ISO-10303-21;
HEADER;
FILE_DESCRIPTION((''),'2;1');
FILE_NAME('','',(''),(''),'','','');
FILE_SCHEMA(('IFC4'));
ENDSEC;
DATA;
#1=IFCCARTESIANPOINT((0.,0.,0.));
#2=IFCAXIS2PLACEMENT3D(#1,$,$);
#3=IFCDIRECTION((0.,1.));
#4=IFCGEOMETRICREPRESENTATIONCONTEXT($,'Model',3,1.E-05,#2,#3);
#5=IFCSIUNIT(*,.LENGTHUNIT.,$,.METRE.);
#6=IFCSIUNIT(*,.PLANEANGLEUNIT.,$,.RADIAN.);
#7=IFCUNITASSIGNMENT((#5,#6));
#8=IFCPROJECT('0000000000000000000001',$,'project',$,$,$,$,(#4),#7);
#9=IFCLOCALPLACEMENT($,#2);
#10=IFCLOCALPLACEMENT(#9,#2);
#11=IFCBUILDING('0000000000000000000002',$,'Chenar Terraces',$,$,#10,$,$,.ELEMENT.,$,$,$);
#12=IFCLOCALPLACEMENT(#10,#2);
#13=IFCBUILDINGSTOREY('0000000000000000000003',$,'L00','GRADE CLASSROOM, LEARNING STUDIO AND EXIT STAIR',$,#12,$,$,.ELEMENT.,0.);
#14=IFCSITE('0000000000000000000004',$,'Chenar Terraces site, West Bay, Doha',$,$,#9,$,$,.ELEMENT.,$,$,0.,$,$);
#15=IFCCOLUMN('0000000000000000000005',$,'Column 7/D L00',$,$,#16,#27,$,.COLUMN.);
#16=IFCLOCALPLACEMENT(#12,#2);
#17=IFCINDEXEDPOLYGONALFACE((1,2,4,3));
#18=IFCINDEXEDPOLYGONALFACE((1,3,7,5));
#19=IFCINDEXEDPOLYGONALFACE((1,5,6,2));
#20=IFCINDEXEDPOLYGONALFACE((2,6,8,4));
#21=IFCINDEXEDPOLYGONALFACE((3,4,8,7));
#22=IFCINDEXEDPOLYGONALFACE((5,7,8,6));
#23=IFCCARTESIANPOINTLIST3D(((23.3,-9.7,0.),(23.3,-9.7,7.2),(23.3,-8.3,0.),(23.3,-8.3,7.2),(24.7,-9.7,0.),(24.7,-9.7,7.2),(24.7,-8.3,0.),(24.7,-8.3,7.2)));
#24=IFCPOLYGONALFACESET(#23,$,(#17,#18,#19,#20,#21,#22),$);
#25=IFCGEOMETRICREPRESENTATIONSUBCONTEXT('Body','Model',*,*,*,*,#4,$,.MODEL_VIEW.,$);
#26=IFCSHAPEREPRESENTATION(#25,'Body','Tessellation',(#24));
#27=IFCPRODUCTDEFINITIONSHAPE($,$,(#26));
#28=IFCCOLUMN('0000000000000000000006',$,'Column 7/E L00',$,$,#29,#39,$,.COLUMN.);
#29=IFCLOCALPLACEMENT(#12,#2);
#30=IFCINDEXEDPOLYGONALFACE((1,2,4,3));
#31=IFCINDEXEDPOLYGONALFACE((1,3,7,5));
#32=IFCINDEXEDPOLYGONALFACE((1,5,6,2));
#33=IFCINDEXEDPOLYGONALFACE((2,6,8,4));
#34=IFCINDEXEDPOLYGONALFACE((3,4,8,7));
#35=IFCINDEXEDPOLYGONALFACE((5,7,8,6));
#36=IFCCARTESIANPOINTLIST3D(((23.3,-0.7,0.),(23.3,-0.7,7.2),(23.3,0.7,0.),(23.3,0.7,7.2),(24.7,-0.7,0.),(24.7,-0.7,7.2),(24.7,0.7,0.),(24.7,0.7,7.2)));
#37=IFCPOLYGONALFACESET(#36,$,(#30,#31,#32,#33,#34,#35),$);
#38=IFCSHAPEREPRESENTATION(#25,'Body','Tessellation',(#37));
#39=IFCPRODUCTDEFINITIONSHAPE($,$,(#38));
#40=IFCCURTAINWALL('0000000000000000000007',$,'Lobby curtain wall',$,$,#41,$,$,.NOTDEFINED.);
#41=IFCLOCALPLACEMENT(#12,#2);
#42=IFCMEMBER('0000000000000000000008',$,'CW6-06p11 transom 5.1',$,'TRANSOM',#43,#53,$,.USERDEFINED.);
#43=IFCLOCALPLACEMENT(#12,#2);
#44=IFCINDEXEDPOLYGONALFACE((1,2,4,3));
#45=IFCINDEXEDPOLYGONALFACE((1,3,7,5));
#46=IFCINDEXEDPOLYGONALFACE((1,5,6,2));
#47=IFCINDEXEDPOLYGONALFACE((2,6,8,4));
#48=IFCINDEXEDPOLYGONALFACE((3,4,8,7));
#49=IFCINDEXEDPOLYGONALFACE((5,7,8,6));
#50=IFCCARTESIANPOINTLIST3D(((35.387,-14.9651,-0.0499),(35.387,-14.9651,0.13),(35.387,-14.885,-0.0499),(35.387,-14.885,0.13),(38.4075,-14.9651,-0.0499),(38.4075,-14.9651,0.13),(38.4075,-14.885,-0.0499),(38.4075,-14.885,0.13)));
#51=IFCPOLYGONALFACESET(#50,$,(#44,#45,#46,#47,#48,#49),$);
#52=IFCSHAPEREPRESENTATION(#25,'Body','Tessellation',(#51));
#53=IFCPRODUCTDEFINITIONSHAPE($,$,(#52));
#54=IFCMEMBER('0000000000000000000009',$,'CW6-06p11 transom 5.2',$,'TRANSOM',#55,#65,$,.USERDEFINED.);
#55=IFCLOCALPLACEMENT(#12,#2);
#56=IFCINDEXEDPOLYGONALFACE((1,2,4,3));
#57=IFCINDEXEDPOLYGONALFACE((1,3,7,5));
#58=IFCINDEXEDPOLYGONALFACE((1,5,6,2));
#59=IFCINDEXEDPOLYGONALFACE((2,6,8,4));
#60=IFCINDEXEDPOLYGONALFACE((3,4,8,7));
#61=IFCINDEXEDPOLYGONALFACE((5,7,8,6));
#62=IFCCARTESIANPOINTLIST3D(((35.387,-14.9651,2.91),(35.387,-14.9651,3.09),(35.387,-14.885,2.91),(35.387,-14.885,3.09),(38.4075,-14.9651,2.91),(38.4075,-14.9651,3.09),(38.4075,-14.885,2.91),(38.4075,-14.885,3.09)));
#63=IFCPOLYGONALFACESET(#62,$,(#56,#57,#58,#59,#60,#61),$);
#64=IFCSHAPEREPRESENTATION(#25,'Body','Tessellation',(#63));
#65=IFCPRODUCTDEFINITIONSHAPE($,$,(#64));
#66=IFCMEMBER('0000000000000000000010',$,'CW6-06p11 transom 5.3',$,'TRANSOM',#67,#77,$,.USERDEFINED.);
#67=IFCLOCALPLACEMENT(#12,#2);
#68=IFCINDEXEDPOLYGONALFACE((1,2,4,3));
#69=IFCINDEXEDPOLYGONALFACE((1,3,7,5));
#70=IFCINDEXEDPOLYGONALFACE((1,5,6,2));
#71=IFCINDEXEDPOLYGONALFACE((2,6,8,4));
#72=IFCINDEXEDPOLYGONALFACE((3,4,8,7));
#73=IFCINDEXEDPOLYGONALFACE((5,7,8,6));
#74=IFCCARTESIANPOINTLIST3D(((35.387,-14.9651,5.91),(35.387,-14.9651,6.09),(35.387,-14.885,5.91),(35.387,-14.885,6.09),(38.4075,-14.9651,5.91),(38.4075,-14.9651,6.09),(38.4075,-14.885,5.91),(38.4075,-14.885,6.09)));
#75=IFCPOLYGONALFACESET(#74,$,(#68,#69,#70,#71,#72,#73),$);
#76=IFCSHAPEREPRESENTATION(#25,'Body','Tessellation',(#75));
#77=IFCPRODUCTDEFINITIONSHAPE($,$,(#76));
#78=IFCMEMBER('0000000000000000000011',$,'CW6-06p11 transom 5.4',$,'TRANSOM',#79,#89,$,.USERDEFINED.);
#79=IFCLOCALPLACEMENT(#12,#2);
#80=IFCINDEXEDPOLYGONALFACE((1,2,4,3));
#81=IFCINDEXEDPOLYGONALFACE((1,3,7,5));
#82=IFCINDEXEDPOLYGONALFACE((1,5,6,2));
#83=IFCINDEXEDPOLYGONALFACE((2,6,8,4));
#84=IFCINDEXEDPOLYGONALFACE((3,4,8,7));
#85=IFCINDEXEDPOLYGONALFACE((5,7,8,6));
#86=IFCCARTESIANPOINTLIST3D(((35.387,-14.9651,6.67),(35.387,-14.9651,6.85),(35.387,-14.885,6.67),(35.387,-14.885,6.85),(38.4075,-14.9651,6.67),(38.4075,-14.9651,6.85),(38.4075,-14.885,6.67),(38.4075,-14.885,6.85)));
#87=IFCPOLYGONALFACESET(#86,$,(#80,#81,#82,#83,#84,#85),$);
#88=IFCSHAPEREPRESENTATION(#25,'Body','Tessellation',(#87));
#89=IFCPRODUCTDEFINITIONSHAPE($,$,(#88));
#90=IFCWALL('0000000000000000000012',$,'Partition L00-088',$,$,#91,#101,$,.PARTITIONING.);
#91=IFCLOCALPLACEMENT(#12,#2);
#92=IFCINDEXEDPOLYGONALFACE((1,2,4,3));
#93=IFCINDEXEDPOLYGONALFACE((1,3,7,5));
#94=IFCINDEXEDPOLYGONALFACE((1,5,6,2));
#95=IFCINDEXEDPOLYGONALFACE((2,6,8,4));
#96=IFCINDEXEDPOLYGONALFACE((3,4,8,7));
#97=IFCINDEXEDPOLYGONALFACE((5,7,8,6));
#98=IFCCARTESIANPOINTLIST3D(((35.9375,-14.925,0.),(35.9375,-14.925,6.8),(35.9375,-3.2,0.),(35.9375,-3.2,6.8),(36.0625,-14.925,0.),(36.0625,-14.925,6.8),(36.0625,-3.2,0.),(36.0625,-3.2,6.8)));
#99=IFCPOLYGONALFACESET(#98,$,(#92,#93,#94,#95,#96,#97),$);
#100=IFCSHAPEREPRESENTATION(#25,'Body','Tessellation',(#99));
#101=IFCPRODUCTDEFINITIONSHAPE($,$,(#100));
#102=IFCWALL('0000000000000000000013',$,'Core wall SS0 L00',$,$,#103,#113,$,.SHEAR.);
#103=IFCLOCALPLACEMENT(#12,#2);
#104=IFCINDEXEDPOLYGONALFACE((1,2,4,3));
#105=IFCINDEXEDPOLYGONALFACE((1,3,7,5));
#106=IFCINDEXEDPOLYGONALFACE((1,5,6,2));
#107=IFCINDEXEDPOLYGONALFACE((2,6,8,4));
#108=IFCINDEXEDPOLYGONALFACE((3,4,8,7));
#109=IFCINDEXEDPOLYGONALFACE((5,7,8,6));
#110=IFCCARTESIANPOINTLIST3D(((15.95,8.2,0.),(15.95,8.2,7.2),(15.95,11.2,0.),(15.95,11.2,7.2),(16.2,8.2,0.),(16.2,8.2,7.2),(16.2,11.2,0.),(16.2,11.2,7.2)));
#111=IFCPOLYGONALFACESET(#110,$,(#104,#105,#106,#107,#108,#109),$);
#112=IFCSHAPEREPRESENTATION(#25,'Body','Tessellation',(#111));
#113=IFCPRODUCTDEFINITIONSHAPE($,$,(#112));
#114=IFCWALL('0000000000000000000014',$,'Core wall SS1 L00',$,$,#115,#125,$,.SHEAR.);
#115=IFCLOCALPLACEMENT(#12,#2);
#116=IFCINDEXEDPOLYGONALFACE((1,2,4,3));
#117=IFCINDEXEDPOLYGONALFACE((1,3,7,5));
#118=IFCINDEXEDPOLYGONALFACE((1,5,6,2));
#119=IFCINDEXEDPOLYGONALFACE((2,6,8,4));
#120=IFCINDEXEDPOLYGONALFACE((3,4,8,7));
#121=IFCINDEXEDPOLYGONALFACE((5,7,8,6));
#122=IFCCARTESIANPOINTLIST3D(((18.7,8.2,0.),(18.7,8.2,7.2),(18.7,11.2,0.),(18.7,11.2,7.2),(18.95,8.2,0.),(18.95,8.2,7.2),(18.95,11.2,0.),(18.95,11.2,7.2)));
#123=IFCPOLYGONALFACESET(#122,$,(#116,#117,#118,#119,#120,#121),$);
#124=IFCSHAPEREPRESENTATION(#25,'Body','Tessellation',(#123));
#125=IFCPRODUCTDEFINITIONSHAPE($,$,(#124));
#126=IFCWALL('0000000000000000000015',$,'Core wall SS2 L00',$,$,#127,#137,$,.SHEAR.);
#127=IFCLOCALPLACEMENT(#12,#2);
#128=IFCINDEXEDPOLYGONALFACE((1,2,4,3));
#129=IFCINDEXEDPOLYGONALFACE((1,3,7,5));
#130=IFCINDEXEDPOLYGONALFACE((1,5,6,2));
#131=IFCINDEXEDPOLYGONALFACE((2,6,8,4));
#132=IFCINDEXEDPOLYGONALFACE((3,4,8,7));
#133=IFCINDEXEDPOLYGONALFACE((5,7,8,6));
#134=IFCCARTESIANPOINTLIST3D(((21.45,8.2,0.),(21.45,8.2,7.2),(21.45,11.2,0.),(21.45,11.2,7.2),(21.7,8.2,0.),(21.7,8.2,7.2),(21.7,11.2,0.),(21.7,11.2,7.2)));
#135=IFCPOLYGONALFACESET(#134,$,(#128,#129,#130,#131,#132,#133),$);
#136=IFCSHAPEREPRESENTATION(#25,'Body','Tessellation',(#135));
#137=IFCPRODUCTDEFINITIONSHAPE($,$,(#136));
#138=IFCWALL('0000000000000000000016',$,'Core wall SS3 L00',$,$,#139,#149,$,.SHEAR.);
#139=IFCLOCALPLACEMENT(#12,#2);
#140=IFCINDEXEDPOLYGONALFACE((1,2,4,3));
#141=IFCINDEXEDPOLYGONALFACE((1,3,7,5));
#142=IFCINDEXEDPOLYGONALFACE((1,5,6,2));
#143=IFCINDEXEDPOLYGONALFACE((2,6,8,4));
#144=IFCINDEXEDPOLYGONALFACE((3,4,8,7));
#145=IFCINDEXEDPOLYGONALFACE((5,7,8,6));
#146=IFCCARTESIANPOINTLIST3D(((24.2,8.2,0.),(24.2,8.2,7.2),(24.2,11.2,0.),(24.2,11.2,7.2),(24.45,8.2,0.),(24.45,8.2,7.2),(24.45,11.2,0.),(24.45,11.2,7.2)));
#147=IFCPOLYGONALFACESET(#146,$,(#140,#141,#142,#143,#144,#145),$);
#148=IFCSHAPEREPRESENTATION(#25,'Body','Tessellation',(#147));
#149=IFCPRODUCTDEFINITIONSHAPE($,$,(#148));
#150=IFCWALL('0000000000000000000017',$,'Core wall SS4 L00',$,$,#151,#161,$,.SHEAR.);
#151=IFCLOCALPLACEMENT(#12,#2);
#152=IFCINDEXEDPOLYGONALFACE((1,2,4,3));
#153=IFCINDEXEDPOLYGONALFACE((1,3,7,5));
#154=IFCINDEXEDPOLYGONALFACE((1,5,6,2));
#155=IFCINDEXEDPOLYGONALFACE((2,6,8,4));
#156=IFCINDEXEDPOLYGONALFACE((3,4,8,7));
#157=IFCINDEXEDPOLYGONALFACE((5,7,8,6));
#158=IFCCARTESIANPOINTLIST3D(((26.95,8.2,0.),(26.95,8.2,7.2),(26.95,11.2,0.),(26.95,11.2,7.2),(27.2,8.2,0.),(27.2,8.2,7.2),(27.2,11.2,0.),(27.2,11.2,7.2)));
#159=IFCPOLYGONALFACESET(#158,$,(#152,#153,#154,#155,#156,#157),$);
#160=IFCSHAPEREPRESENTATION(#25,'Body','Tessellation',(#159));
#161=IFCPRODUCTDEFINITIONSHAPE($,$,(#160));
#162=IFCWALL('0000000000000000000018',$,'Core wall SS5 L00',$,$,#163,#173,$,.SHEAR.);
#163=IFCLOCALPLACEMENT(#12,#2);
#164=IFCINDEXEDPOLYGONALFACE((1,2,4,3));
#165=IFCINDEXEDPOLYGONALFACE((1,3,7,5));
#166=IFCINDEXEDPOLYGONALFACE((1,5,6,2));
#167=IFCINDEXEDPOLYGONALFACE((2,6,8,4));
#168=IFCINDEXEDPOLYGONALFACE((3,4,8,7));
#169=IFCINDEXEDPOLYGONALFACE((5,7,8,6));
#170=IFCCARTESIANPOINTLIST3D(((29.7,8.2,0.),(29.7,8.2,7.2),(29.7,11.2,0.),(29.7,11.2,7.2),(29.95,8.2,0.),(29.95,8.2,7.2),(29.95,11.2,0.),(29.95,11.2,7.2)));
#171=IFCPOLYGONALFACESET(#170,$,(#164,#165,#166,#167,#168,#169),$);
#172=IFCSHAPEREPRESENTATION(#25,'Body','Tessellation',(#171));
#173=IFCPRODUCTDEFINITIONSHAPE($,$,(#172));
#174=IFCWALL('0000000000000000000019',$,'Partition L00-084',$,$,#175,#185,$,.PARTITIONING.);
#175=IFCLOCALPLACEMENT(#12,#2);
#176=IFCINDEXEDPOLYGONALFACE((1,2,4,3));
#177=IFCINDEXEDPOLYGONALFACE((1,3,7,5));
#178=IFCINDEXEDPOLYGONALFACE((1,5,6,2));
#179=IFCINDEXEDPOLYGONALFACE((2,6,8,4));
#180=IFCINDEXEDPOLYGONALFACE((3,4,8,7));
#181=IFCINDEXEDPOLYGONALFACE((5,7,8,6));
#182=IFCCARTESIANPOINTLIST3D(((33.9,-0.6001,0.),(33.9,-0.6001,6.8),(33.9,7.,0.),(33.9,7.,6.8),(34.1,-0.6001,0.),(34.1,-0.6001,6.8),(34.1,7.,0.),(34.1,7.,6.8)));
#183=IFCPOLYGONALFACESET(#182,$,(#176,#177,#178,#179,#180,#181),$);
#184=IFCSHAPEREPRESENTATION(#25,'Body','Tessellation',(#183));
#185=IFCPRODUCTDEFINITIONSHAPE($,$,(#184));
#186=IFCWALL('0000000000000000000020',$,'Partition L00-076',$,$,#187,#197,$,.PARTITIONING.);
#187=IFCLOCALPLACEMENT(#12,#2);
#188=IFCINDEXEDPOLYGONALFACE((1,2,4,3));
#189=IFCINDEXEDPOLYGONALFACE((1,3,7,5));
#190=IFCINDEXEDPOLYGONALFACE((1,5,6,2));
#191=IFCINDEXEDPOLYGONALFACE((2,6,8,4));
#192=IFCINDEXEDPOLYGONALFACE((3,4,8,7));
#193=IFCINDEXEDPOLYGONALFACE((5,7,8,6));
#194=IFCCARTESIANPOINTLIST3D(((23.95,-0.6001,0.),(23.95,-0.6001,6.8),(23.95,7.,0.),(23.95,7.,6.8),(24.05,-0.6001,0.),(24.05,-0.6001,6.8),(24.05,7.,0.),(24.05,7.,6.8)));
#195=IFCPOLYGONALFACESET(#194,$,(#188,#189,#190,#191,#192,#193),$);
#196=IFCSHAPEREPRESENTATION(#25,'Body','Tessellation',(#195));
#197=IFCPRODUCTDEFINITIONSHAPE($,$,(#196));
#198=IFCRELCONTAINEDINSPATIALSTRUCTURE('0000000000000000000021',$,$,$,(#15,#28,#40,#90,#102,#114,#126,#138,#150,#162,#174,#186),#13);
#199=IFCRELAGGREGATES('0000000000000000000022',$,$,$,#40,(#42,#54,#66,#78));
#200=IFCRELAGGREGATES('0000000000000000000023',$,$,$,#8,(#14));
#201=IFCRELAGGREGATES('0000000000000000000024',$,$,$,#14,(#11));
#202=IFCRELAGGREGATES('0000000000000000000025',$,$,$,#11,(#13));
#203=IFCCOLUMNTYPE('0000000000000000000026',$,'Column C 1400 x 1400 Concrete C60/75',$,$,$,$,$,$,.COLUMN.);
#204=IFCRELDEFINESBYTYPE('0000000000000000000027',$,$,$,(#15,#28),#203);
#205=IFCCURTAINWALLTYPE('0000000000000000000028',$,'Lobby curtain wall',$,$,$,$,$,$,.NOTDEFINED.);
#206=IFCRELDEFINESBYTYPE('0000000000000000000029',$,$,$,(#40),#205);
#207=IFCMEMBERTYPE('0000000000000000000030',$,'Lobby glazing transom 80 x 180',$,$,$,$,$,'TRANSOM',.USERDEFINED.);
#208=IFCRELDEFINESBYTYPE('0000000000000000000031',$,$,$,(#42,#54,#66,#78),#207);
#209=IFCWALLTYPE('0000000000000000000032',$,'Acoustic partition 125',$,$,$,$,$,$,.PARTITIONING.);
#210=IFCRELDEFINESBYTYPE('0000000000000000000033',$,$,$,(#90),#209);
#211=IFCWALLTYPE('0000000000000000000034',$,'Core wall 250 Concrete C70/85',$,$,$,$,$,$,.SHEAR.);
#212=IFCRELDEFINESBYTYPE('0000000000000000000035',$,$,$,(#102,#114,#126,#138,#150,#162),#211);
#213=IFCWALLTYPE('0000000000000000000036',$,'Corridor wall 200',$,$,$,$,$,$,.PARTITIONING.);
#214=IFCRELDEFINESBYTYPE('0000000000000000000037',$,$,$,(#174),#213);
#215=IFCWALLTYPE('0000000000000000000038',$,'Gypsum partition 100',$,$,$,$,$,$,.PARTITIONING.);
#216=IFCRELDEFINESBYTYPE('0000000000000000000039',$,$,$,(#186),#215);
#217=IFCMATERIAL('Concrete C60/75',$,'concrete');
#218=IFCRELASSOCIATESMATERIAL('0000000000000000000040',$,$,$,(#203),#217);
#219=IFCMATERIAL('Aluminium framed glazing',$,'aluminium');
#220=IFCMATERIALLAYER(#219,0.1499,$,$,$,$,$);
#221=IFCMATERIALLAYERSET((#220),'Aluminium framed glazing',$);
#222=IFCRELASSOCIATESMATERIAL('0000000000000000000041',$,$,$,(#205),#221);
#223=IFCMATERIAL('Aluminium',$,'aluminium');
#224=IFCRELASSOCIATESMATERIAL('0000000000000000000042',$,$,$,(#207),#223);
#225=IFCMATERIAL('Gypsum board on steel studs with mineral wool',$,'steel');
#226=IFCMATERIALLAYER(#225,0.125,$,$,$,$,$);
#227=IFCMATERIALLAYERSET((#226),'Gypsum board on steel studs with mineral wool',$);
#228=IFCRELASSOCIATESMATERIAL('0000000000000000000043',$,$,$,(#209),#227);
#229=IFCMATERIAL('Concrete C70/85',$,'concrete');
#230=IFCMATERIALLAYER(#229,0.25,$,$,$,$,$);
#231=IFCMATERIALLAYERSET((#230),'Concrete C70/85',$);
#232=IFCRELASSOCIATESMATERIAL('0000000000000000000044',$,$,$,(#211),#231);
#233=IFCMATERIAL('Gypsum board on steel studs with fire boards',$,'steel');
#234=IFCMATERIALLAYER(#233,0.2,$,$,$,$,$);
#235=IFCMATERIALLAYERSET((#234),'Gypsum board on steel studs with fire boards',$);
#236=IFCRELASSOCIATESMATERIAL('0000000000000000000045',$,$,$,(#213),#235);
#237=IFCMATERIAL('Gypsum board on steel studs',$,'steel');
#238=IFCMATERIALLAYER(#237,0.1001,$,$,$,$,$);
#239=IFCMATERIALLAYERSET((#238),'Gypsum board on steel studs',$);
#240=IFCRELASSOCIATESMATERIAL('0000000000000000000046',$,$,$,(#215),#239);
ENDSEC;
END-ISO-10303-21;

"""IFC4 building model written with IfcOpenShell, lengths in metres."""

from ifc_helpers import new_model, si_unit, direction, frame, frame_2d, origin, origin_2d, place, context, subcontext, project, spatial, rectangle, extrude, material, layer, layer_set, material_profile, profile_set, type_object, element, aggregate, save


model = new_model("IFC4")

# Units and contexts
model_context = context("Model", 3, precision=1e-05, world=origin(), true_north=direction((0.0, 1.0)))
body_context = subcontext(model_context, "Body", "Model", "MODEL_VIEW")
ifc_project = project(units=[si_unit("LENGTHUNIT", "METRE"), si_unit("PLANEANGLEUNIT", "RADIAN")], contexts=[model_context])

# Site, building, storey
site_placement = place(None, origin())
site = spatial("IfcSite", under=ifc_project, at=site_placement, Name="Chenar Terraces site, West Bay, Doha", CompositionType="ELEMENT", RefElevation=0.0)
building_placement = place(site_placement, origin())
building = spatial("IfcBuilding", under=site, at=building_placement, Name="Chenar Terraces", CompositionType="ELEMENT")
storey_placement = place(building_placement, origin())
storey = spatial("IfcBuildingStorey", under=building, at=storey_placement, Name="L00", Description="GRADE CLASSROOM, LEARNING STUDIO AND EXIT STAIR", CompositionType="ELEMENT", Elevation=0.0)

# Columns
ifc_material_1 = material(Name="Concrete C60/75", Category="concrete")
ifc_material_profile_1 = material_profile(ifc_material_1, rectangle(XDim=1.3999, YDim=1.3999, at=origin_2d()), Name="C 1400 x 1400")
ifc_profile_set_1 = profile_set([ifc_material_profile_1], Name="Concrete C60/75")
column_type = type_object("IfcColumnType", Name="Column C 1400 x 1400 Concrete C60/75", PredefinedType="COLUMN", material=ifc_profile_set_1)
for number, where, z_axis, x_axis, name in (
    (1, (24.0, -9.0, 0.0), (0.0, 0.0, 1.0), (1.0, 0.0, 0.0), "Column 7/D L00"),
    (2, (24.0, 0.0, 0.0), (0.0, 0.0, 1.0), (1.0, 0.0, 0.0), "Column 7/E L00"),
):
    element("IfcColumn", number, at=place(storey_placement, frame(where, z_axis=z_axis, x_axis=x_axis)), inside=storey, type_object=column_type, Name=name, PredefinedType="COLUMN", context=body_context, shape_type="SweptSolid", body=[
        extrude(rectangle(XDim=1.3999, YDim=1.3999, at=origin_2d()), origin(), (0.0, 0.0, 1.0), 7.2),
    ])

# Curtain wall, members
ifc_material_2 = material(Name="Aluminium framed glazing", Category="aluminium")
ifc_layer_1 = layer(ifc_material_2, 0.1499)
ifc_layer_set_1 = layer_set([ifc_layer_1], Name="Aluminium framed glazing")
curtain_wall_type = type_object("IfcCurtainWallType", Name="Lobby curtain wall", PredefinedType="NOTDEFINED", material=ifc_layer_set_1)
curtain_wall_placement = place(storey_placement, origin())
curtain_wall = element("IfcCurtainWall", 3, at=curtain_wall_placement, inside=storey, type_object=curtain_wall_type, Name="Lobby curtain wall", PredefinedType="NOTDEFINED")
ifc_material_3 = material(Name="Aluminium", Category="aluminium")
ifc_material_profile_2 = material_profile(ifc_material_3, rectangle(XDim=0.0801, YDim=0.1799, at=origin_2d()), Name="Lobby glazing transom 80 x 180")
ifc_profile_set_2 = profile_set([ifc_material_profile_2], Name="Aluminium")
member_type = type_object("IfcMemberType", Name="Lobby glazing transom 80 x 180", ElementType="TRANSOM", PredefinedType="USERDEFINED", material=ifc_profile_set_2)
member_1_placement = place(storey_placement, frame((35.387, -14.925, 0.04), z_axis=(1.0, 0.0, 0.0), x_axis=(0.0, 1.0, 0.0)))
member_1 = element("IfcMember", 4, at=member_1_placement, type_object=member_type, Name="CW6-06p11 transom 5.1", ObjectType="TRANSOM", PredefinedType="USERDEFINED", context=body_context, shape_type="SweptSolid", body=[
    extrude(rectangle(XDim=0.0801, YDim=0.1799, at=origin_2d()), origin(), (0.0, 0.0, 1.0), 3.0205),
])
member_2_placement = place(storey_placement, frame((35.387, -14.925, 3.0), z_axis=(1.0, 0.0, 0.0), x_axis=(0.0, 1.0, 0.0)))
member_2 = element("IfcMember", 5, at=member_2_placement, type_object=member_type, Name="CW6-06p11 transom 5.2", ObjectType="TRANSOM", PredefinedType="USERDEFINED", context=body_context, shape_type="SweptSolid", body=[
    extrude(rectangle(XDim=0.0801, YDim=0.1799, at=origin_2d()), origin(), (0.0, 0.0, 1.0), 3.0205),
])
member_3_placement = place(storey_placement, frame((35.387, -14.925, 6.0), z_axis=(1.0, 0.0, 0.0), x_axis=(0.0, 1.0, 0.0)))
member_3 = element("IfcMember", 6, at=member_3_placement, type_object=member_type, Name="CW6-06p11 transom 5.3", ObjectType="TRANSOM", PredefinedType="USERDEFINED", context=body_context, shape_type="SweptSolid", body=[
    extrude(rectangle(XDim=0.0801, YDim=0.1799, at=origin_2d()), origin(), (0.0, 0.0, 1.0), 3.0205),
])
member_4_placement = place(storey_placement, frame((35.387, -14.925, 6.76), z_axis=(1.0, 0.0, 0.0), x_axis=(0.0, 1.0, 0.0)))
member_4 = element("IfcMember", 7, at=member_4_placement, type_object=member_type, Name="CW6-06p11 transom 5.4", ObjectType="TRANSOM", PredefinedType="USERDEFINED", context=body_context, shape_type="SweptSolid", body=[
    extrude(rectangle(XDim=0.0801, YDim=0.1799, at=origin_2d()), origin(), (0.0, 0.0, 1.0), 3.0205),
])
aggregate(curtain_wall, [member_1, member_2, member_3, member_4])

# Wall
ifc_material_4 = material(Name="Gypsum board on steel studs with mineral wool", Category="steel")
ifc_layer_2 = layer(ifc_material_4, 0.125)
ifc_layer_set_2 = layer_set([ifc_layer_2], Name="Gypsum board on steel studs with mineral wool")
wall_type_1 = type_object("IfcWallType", Name="Acoustic partition 125", PredefinedType="PARTITIONING", material=ifc_layer_set_2)
wall_1_placement = place(storey_placement, frame((36.0, -14.925, 0.0), z_axis=(0.0, 0.0, 1.0), x_axis=(0.0, 1.0, 0.0)))
element("IfcWall", 8, at=wall_1_placement, inside=storey, type_object=wall_type_1, Name="Partition L00-088", PredefinedType="PARTITIONING", context=body_context, shape_type="SweptSolid", body=[
    extrude(rectangle(XDim=11.7251, YDim=0.125, at=frame_2d((5.8625, 0.0))), origin(), (0.0, 0.0, 1.0), 6.8),
])

# Walls
ifc_material_5 = material(Name="Concrete C70/85", Category="concrete")
ifc_layer_3 = layer(ifc_material_5, 0.25)
ifc_layer_set_3 = layer_set([ifc_layer_3], Name="Concrete C70/85")
wall_type_2 = type_object("IfcWallType", Name="Core wall 250 Concrete C70/85", PredefinedType="SHEAR", material=ifc_layer_set_3)
for number, where, z_axis, x_axis, name in (
    (9, (16.075, 8.2, 0.0), (0.0, 0.0, 1.0), (0.0, 1.0, 0.0), "Core wall SS0 L00"),
    (10, (18.825, 8.2, 0.0), (0.0, 0.0, 1.0), (0.0, 1.0, 0.0), "Core wall SS1 L00"),
    (11, (21.575, 8.2, 0.0), (0.0, 0.0, 1.0), (0.0, 1.0, 0.0), "Core wall SS2 L00"),
    (12, (24.325, 8.2, 0.0), (0.0, 0.0, 1.0), (0.0, 1.0, 0.0), "Core wall SS3 L00"),
    (13, (27.075, 8.2, 0.0), (0.0, 0.0, 1.0), (0.0, 1.0, 0.0), "Core wall SS4 L00"),
    (14, (29.825, 8.2, 0.0), (0.0, 0.0, 1.0), (0.0, 1.0, 0.0), "Core wall SS5 L00"),
):
    element("IfcWall", number, at=place(storey_placement, frame(where, z_axis=z_axis, x_axis=x_axis)), inside=storey, type_object=wall_type_2, Name=name, PredefinedType="SHEAR", context=body_context, shape_type="SweptSolid", body=[
        extrude(rectangle(XDim=3.0, YDim=0.25, at=frame_2d((1.5, 0.0))), origin(), (0.0, 0.0, 1.0), 7.2),
    ])
ifc_material_6 = material(Name="Gypsum board on steel studs with fire boards", Category="steel")
ifc_layer_4 = layer(ifc_material_6, 0.2)
ifc_layer_set_4 = layer_set([ifc_layer_4], Name="Gypsum board on steel studs with fire boards")
wall_type_3 = type_object("IfcWallType", Name="Corridor wall 200", PredefinedType="PARTITIONING", material=ifc_layer_set_4)
wall_2_placement = place(storey_placement, frame((34.0, -0.6001, 0.0), z_axis=(0.0, 0.0, 1.0), x_axis=(0.0, 1.0, 0.0)))
element("IfcWall", 15, at=wall_2_placement, inside=storey, type_object=wall_type_3, Name="Partition L00-084", PredefinedType="PARTITIONING", context=body_context, shape_type="SweptSolid", body=[
    extrude(rectangle(XDim=7.6001, YDim=0.2, at=frame_2d((3.8, 0.0))), origin(), (0.0, 0.0, 1.0), 6.8),
])
ifc_material_7 = material(Name="Gypsum board on steel studs", Category="steel")
ifc_layer_5 = layer(ifc_material_7, 0.1001)
ifc_layer_set_5 = layer_set([ifc_layer_5], Name="Gypsum board on steel studs")
wall_type_4 = type_object("IfcWallType", Name="Gypsum partition 100", PredefinedType="PARTITIONING", material=ifc_layer_set_5)
wall_3_placement = place(storey_placement, frame((24.0, -0.6001, 0.0), z_axis=(0.0, 0.0, 1.0), x_axis=(0.0, 1.0, 0.0)))
element("IfcWall", 16, at=wall_3_placement, inside=storey, type_object=wall_type_4, Name="Partition L00-076", PredefinedType="PARTITIONING", context=body_context, shape_type="SweptSolid", body=[
    extrude(rectangle(XDim=7.6001, YDim=0.1001, at=frame_2d((3.8, 0.0))), origin(), (0.0, 0.0, 1.0), 6.8),
])

save(model, "model.ifc")
